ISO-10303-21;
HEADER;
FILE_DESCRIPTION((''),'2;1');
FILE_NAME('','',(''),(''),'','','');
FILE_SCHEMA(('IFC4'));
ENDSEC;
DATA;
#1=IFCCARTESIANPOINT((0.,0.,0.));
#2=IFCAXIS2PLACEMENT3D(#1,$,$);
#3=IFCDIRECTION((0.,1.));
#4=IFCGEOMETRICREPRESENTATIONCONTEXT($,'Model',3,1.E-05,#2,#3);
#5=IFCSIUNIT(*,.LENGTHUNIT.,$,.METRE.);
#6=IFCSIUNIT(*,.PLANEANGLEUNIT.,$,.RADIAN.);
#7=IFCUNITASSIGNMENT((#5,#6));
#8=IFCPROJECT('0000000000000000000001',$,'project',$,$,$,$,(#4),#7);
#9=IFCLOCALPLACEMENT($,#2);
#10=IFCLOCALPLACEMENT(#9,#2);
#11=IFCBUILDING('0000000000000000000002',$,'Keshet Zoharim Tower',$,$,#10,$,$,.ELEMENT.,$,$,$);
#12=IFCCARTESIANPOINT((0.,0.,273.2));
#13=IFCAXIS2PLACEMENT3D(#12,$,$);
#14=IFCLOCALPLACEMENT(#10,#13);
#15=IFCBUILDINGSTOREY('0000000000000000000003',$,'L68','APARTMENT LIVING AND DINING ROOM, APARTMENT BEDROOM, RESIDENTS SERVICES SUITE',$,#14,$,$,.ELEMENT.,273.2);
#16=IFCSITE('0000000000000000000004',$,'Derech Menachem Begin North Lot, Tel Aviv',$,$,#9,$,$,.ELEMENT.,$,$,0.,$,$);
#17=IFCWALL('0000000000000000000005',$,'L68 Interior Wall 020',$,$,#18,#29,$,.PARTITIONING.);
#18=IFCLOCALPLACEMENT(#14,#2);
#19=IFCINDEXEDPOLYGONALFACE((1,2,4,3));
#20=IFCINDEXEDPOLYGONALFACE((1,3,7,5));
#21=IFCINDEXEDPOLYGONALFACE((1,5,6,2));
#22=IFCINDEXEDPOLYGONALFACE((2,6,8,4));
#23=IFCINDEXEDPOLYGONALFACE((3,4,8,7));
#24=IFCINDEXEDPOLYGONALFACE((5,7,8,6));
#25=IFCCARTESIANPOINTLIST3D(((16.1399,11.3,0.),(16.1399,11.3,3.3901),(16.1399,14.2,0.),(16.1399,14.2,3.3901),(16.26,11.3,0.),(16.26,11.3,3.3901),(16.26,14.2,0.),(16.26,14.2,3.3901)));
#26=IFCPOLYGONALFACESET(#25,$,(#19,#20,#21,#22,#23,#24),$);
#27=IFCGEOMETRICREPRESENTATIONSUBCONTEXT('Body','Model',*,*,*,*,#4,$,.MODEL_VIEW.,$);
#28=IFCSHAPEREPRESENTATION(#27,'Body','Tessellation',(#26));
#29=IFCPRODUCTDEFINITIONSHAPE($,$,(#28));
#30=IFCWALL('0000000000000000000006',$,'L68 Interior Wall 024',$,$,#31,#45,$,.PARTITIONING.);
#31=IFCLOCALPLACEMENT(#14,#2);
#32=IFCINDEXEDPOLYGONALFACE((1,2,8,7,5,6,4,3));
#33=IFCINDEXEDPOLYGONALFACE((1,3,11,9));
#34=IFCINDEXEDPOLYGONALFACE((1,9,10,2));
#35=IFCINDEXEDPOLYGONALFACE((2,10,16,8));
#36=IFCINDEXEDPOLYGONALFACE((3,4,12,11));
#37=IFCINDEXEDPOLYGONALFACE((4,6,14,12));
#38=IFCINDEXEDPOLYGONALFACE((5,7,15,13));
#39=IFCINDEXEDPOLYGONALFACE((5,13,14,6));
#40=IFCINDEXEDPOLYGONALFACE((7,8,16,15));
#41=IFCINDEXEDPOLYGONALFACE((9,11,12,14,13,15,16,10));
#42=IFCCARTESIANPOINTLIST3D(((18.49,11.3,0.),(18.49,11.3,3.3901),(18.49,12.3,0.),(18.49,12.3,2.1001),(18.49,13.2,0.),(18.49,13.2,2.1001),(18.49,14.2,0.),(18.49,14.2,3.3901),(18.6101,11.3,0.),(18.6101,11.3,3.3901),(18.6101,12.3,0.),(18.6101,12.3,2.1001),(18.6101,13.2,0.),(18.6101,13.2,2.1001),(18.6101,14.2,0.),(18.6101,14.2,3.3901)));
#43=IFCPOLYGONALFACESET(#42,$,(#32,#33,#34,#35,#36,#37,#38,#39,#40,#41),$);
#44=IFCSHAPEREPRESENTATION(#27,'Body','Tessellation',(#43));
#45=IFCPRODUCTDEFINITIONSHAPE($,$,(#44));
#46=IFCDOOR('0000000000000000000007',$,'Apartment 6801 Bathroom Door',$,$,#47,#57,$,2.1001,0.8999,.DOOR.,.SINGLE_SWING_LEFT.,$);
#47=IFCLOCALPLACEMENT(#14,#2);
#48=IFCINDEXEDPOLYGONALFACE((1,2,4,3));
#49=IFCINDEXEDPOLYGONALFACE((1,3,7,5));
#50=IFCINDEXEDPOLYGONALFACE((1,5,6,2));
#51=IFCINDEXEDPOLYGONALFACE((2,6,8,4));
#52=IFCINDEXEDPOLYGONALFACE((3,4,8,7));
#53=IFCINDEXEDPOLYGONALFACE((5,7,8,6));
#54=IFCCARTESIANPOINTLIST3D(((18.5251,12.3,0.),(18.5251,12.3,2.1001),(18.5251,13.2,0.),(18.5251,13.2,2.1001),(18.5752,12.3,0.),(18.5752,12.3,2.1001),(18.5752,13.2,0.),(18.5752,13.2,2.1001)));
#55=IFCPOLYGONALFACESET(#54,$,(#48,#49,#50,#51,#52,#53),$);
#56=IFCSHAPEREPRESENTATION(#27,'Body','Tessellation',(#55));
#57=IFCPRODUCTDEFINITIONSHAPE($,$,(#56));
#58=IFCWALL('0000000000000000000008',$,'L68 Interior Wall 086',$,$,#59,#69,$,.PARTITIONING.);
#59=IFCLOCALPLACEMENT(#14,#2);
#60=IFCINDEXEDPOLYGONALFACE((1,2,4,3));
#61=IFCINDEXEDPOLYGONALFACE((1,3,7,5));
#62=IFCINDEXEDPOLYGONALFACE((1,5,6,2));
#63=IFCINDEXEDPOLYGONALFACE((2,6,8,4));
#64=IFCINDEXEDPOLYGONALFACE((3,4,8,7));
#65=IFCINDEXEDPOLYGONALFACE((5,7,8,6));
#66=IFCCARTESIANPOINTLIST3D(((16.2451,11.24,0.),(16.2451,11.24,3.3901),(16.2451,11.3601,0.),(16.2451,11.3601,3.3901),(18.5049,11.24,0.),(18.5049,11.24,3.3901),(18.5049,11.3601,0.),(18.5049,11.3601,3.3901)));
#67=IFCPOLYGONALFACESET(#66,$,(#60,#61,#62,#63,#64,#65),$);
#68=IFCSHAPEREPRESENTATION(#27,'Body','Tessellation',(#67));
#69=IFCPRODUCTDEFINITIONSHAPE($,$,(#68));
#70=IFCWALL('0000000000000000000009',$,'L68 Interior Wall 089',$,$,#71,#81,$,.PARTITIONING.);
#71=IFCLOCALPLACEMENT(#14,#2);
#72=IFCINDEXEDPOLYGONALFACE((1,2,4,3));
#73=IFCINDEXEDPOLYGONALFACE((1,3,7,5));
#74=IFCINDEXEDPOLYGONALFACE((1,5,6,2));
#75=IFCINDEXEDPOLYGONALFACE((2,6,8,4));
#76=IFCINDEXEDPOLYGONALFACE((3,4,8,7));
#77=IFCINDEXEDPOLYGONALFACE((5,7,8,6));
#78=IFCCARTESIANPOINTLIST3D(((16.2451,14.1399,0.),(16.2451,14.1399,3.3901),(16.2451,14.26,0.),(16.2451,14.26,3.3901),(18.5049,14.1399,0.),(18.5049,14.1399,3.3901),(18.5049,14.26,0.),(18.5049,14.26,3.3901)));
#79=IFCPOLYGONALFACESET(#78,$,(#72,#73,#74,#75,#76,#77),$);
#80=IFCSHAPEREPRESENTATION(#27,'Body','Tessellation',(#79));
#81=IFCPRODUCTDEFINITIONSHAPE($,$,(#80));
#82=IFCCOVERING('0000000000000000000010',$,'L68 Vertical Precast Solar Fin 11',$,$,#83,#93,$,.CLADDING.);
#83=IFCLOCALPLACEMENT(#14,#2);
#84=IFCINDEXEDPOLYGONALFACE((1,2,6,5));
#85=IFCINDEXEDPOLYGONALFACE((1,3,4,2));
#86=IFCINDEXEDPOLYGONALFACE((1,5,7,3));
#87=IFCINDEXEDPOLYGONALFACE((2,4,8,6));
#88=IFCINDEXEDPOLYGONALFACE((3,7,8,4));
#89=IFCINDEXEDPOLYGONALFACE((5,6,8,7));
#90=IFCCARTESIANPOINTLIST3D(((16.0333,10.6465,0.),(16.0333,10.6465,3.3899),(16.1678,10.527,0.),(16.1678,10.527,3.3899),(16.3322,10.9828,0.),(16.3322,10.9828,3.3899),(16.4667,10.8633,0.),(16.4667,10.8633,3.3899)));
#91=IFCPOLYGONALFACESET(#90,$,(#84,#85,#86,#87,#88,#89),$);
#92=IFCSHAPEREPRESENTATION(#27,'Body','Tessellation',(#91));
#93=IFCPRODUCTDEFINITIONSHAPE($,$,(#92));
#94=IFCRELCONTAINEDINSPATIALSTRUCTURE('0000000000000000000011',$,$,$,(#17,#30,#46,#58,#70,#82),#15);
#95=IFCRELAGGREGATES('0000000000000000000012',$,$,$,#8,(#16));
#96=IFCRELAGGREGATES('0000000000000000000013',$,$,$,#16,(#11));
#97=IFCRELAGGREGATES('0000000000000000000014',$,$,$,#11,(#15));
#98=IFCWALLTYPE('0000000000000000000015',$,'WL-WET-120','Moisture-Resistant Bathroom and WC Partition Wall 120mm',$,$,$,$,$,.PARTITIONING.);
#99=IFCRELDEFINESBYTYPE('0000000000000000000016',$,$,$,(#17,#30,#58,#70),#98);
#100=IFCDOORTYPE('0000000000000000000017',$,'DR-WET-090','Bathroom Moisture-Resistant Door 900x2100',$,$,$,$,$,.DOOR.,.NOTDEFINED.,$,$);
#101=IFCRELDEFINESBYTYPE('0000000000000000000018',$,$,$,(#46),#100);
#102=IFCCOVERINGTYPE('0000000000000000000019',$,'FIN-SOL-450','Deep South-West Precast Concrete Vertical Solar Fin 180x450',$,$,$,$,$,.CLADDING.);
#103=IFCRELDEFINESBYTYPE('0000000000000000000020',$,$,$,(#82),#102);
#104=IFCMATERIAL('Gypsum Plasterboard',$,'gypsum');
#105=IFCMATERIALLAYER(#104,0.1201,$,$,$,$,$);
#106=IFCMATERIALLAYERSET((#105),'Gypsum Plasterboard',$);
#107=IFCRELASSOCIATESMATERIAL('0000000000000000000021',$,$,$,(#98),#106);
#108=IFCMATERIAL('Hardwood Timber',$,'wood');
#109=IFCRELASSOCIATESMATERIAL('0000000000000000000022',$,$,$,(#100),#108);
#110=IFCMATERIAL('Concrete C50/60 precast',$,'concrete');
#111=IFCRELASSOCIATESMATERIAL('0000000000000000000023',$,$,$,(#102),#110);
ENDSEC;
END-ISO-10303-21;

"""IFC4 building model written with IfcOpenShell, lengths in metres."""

from ifc_helpers import new_model, si_unit, direction, frame, frame_2d, origin, origin_2d, place, context, subcontext, project, spatial, rectangle, extrude, material, layer, layer_set, type_object, element, fill, save


model = new_model("IFC4")

# Units and contexts
model_context = context("Model", 3, precision=1e-05, world=origin(), true_north=direction((0.0, 1.0)))
body_context = subcontext(model_context, "Body", "Model", "MODEL_VIEW")
ifc_project = project(units=[si_unit("LENGTHUNIT", "METRE"), si_unit("PLANEANGLEUNIT", "RADIAN")], contexts=[model_context])

# Site, building, storey
site_placement = place(None, origin())
site = spatial("IfcSite", under=ifc_project, at=site_placement, Name="Derech Menachem Begin North Lot, Tel Aviv", CompositionType="ELEMENT", RefElevation=0.0)
building_placement = place(site_placement, origin())
building = spatial("IfcBuilding", under=site, at=building_placement, Name="Keshet Zoharim Tower", CompositionType="ELEMENT")
storey_placement = place(building_placement, frame((0.0, 0.0, 273.2)))
storey = spatial("IfcBuildingStorey", under=building, at=storey_placement, Name="L68", Description="APARTMENT LIVING AND DINING ROOM, APARTMENT BEDROOM, RESIDENTS SERVICES SUITE", CompositionType="ELEMENT", Elevation=273.2)

# Shared definitions
ifc_material_1 = material(Name="Gypsum Plasterboard", Category="gypsum")
ifc_material_2 = material(Name="Hardwood Timber", Category="wood")

# Wall
ifc_layer_1 = layer(ifc_material_1, 0.1201)
ifc_layer_set_1 = layer_set([ifc_layer_1], Name="Gypsum Plasterboard")
wall_type_1 = type_object("IfcWallType", Name="WL-WET-120", Description="Moisture-Resistant Bathroom and WC Partition Wall 120mm", PredefinedType="PARTITIONING", material=ifc_layer_set_1)
wall_1_placement = place(storey_placement, frame((16.2, 11.3, 0.0), z_axis=(0.0, 0.0, 1.0), x_axis=(0.0, 1.0, 0.0)))
element("IfcWall", 1, at=wall_1_placement, inside=storey, type_object=wall_type_1, Name="L68 Interior Wall 020", PredefinedType="PARTITIONING", context=body_context, shape_type="SweptSolid", body=[
    extrude(rectangle(XDim=2.8999, YDim=0.1201, at=frame_2d((1.45, 0.0))), origin(), (0.0, 0.0, 1.0), 3.3901),
])

# Wall, opening, door
wall_2_placement = place(storey_placement, frame((18.55, 11.3, 0.0), z_axis=(0.0, 0.0, 1.0), x_axis=(0.0, 1.0, 0.0)))
wall_2 = element("IfcWall", 2, at=wall_2_placement, inside=storey, type_object=wall_type_1, Name="L68 Interior Wall 024", PredefinedType="PARTITIONING", context=body_context, shape_type="SweptSolid", body=[
    extrude(rectangle(XDim=2.8999, YDim=0.1201, at=frame_2d((1.45, 0.0))), origin(), (0.0, 0.0, 1.0), 3.3901),
])
opening_1_placement = place(wall_2_placement, frame((1.0, 0.0, 0.0)))
opening_1 = element("IfcOpeningElement", 3, at=opening_1_placement, cuts=wall_2, PredefinedType="OPENING", context=body_context, shape_type="SweptSolid", body=[
    extrude(rectangle(XDim=0.8999, YDim=2.1001, at=frame_2d((0.45, 1.05))), frame((0.0, 0.0701, 0.0), z_axis=(0.0, -1.0, 0.0), x_axis=(1.0, 0.0, 0.0)), (0.0, 0.0, 1.0), 0.1401),
])
door_type_1 = type_object("IfcDoorType", Name="DR-WET-090", Description="Bathroom Moisture-Resistant Door 900x2100", OperationType="NOTDEFINED", PredefinedType="DOOR", material=ifc_material_2)
door_1_placement = place(opening_1_placement, origin())
door_1 = element("IfcDoor", 4, at=door_1_placement, inside=storey, type_object=door_type_1, Name="Apartment 6801 Bathroom Door", OperationType="SINGLE_SWING_LEFT", OverallHeight=2.1001, OverallWidth=0.8999, PredefinedType="DOOR", context=body_context, shape_type="SweptSolid", body=[
    extrude(rectangle(XDim=0.8999, YDim=2.1001, at=frame_2d((0.45, 1.05))), frame((0.0, 0.0249, 0.0), z_axis=(0.0, -1.0, 0.0), x_axis=(1.0, 0.0, 0.0)), (0.0, 0.0, 1.0), 0.05),
])
fill(opening_1, door_1)

# Walls
for number, where, z_axis, x_axis, name in (
    (5, (16.2451, 11.3, 0.0), (0.0, 0.0, 1.0), (1.0, 0.0, 0.0), "L68 Interior Wall 086"),
    (6, (16.2451, 14.2, 0.0), (0.0, 0.0, 1.0), (1.0, 0.0, 0.0), "L68 Interior Wall 089"),
):
    element("IfcWall", number, at=place(storey_placement, frame(where, z_axis=z_axis, x_axis=x_axis)), inside=storey, type_object=wall_type_1, Name=name, PredefinedType="PARTITIONING", context=body_context, shape_type="SweptSolid", body=[
        extrude(rectangle(XDim=2.2598, YDim=0.1201, at=frame_2d((1.1299, 0.0))), origin(), (0.0, 0.0, 1.0), 3.3901),
    ])

# Covering
ifc_material_3 = material(Name="Concrete C50/60 precast", Category="concrete")
covering_type = type_object("IfcCoveringType", Name="FIN-SOL-450", Description="Deep South-West Precast Concrete Vertical Solar Fin 180x450", PredefinedType="CLADDING", material=ifc_material_3)
covering_placement = place(storey_placement, frame((16.25, 10.7549, 0.0), z_axis=(0.0, 0.0, 1.0), x_axis=(-0.747412, 0.664361, 0.0)))
element("IfcCovering", 7, at=covering_placement, inside=storey, type_object=covering_type, Name="L68 Vertical Precast Solar Fin 11", PredefinedType="CLADDING", context=body_context, shape_type="SweptSolid", body=[
    extrude(rectangle(XDim=0.1799, YDim=0.45, at=origin_2d()), origin(), (0.0, 0.0, 1.0), 3.3899),
])

save(model, "model.ifc")
